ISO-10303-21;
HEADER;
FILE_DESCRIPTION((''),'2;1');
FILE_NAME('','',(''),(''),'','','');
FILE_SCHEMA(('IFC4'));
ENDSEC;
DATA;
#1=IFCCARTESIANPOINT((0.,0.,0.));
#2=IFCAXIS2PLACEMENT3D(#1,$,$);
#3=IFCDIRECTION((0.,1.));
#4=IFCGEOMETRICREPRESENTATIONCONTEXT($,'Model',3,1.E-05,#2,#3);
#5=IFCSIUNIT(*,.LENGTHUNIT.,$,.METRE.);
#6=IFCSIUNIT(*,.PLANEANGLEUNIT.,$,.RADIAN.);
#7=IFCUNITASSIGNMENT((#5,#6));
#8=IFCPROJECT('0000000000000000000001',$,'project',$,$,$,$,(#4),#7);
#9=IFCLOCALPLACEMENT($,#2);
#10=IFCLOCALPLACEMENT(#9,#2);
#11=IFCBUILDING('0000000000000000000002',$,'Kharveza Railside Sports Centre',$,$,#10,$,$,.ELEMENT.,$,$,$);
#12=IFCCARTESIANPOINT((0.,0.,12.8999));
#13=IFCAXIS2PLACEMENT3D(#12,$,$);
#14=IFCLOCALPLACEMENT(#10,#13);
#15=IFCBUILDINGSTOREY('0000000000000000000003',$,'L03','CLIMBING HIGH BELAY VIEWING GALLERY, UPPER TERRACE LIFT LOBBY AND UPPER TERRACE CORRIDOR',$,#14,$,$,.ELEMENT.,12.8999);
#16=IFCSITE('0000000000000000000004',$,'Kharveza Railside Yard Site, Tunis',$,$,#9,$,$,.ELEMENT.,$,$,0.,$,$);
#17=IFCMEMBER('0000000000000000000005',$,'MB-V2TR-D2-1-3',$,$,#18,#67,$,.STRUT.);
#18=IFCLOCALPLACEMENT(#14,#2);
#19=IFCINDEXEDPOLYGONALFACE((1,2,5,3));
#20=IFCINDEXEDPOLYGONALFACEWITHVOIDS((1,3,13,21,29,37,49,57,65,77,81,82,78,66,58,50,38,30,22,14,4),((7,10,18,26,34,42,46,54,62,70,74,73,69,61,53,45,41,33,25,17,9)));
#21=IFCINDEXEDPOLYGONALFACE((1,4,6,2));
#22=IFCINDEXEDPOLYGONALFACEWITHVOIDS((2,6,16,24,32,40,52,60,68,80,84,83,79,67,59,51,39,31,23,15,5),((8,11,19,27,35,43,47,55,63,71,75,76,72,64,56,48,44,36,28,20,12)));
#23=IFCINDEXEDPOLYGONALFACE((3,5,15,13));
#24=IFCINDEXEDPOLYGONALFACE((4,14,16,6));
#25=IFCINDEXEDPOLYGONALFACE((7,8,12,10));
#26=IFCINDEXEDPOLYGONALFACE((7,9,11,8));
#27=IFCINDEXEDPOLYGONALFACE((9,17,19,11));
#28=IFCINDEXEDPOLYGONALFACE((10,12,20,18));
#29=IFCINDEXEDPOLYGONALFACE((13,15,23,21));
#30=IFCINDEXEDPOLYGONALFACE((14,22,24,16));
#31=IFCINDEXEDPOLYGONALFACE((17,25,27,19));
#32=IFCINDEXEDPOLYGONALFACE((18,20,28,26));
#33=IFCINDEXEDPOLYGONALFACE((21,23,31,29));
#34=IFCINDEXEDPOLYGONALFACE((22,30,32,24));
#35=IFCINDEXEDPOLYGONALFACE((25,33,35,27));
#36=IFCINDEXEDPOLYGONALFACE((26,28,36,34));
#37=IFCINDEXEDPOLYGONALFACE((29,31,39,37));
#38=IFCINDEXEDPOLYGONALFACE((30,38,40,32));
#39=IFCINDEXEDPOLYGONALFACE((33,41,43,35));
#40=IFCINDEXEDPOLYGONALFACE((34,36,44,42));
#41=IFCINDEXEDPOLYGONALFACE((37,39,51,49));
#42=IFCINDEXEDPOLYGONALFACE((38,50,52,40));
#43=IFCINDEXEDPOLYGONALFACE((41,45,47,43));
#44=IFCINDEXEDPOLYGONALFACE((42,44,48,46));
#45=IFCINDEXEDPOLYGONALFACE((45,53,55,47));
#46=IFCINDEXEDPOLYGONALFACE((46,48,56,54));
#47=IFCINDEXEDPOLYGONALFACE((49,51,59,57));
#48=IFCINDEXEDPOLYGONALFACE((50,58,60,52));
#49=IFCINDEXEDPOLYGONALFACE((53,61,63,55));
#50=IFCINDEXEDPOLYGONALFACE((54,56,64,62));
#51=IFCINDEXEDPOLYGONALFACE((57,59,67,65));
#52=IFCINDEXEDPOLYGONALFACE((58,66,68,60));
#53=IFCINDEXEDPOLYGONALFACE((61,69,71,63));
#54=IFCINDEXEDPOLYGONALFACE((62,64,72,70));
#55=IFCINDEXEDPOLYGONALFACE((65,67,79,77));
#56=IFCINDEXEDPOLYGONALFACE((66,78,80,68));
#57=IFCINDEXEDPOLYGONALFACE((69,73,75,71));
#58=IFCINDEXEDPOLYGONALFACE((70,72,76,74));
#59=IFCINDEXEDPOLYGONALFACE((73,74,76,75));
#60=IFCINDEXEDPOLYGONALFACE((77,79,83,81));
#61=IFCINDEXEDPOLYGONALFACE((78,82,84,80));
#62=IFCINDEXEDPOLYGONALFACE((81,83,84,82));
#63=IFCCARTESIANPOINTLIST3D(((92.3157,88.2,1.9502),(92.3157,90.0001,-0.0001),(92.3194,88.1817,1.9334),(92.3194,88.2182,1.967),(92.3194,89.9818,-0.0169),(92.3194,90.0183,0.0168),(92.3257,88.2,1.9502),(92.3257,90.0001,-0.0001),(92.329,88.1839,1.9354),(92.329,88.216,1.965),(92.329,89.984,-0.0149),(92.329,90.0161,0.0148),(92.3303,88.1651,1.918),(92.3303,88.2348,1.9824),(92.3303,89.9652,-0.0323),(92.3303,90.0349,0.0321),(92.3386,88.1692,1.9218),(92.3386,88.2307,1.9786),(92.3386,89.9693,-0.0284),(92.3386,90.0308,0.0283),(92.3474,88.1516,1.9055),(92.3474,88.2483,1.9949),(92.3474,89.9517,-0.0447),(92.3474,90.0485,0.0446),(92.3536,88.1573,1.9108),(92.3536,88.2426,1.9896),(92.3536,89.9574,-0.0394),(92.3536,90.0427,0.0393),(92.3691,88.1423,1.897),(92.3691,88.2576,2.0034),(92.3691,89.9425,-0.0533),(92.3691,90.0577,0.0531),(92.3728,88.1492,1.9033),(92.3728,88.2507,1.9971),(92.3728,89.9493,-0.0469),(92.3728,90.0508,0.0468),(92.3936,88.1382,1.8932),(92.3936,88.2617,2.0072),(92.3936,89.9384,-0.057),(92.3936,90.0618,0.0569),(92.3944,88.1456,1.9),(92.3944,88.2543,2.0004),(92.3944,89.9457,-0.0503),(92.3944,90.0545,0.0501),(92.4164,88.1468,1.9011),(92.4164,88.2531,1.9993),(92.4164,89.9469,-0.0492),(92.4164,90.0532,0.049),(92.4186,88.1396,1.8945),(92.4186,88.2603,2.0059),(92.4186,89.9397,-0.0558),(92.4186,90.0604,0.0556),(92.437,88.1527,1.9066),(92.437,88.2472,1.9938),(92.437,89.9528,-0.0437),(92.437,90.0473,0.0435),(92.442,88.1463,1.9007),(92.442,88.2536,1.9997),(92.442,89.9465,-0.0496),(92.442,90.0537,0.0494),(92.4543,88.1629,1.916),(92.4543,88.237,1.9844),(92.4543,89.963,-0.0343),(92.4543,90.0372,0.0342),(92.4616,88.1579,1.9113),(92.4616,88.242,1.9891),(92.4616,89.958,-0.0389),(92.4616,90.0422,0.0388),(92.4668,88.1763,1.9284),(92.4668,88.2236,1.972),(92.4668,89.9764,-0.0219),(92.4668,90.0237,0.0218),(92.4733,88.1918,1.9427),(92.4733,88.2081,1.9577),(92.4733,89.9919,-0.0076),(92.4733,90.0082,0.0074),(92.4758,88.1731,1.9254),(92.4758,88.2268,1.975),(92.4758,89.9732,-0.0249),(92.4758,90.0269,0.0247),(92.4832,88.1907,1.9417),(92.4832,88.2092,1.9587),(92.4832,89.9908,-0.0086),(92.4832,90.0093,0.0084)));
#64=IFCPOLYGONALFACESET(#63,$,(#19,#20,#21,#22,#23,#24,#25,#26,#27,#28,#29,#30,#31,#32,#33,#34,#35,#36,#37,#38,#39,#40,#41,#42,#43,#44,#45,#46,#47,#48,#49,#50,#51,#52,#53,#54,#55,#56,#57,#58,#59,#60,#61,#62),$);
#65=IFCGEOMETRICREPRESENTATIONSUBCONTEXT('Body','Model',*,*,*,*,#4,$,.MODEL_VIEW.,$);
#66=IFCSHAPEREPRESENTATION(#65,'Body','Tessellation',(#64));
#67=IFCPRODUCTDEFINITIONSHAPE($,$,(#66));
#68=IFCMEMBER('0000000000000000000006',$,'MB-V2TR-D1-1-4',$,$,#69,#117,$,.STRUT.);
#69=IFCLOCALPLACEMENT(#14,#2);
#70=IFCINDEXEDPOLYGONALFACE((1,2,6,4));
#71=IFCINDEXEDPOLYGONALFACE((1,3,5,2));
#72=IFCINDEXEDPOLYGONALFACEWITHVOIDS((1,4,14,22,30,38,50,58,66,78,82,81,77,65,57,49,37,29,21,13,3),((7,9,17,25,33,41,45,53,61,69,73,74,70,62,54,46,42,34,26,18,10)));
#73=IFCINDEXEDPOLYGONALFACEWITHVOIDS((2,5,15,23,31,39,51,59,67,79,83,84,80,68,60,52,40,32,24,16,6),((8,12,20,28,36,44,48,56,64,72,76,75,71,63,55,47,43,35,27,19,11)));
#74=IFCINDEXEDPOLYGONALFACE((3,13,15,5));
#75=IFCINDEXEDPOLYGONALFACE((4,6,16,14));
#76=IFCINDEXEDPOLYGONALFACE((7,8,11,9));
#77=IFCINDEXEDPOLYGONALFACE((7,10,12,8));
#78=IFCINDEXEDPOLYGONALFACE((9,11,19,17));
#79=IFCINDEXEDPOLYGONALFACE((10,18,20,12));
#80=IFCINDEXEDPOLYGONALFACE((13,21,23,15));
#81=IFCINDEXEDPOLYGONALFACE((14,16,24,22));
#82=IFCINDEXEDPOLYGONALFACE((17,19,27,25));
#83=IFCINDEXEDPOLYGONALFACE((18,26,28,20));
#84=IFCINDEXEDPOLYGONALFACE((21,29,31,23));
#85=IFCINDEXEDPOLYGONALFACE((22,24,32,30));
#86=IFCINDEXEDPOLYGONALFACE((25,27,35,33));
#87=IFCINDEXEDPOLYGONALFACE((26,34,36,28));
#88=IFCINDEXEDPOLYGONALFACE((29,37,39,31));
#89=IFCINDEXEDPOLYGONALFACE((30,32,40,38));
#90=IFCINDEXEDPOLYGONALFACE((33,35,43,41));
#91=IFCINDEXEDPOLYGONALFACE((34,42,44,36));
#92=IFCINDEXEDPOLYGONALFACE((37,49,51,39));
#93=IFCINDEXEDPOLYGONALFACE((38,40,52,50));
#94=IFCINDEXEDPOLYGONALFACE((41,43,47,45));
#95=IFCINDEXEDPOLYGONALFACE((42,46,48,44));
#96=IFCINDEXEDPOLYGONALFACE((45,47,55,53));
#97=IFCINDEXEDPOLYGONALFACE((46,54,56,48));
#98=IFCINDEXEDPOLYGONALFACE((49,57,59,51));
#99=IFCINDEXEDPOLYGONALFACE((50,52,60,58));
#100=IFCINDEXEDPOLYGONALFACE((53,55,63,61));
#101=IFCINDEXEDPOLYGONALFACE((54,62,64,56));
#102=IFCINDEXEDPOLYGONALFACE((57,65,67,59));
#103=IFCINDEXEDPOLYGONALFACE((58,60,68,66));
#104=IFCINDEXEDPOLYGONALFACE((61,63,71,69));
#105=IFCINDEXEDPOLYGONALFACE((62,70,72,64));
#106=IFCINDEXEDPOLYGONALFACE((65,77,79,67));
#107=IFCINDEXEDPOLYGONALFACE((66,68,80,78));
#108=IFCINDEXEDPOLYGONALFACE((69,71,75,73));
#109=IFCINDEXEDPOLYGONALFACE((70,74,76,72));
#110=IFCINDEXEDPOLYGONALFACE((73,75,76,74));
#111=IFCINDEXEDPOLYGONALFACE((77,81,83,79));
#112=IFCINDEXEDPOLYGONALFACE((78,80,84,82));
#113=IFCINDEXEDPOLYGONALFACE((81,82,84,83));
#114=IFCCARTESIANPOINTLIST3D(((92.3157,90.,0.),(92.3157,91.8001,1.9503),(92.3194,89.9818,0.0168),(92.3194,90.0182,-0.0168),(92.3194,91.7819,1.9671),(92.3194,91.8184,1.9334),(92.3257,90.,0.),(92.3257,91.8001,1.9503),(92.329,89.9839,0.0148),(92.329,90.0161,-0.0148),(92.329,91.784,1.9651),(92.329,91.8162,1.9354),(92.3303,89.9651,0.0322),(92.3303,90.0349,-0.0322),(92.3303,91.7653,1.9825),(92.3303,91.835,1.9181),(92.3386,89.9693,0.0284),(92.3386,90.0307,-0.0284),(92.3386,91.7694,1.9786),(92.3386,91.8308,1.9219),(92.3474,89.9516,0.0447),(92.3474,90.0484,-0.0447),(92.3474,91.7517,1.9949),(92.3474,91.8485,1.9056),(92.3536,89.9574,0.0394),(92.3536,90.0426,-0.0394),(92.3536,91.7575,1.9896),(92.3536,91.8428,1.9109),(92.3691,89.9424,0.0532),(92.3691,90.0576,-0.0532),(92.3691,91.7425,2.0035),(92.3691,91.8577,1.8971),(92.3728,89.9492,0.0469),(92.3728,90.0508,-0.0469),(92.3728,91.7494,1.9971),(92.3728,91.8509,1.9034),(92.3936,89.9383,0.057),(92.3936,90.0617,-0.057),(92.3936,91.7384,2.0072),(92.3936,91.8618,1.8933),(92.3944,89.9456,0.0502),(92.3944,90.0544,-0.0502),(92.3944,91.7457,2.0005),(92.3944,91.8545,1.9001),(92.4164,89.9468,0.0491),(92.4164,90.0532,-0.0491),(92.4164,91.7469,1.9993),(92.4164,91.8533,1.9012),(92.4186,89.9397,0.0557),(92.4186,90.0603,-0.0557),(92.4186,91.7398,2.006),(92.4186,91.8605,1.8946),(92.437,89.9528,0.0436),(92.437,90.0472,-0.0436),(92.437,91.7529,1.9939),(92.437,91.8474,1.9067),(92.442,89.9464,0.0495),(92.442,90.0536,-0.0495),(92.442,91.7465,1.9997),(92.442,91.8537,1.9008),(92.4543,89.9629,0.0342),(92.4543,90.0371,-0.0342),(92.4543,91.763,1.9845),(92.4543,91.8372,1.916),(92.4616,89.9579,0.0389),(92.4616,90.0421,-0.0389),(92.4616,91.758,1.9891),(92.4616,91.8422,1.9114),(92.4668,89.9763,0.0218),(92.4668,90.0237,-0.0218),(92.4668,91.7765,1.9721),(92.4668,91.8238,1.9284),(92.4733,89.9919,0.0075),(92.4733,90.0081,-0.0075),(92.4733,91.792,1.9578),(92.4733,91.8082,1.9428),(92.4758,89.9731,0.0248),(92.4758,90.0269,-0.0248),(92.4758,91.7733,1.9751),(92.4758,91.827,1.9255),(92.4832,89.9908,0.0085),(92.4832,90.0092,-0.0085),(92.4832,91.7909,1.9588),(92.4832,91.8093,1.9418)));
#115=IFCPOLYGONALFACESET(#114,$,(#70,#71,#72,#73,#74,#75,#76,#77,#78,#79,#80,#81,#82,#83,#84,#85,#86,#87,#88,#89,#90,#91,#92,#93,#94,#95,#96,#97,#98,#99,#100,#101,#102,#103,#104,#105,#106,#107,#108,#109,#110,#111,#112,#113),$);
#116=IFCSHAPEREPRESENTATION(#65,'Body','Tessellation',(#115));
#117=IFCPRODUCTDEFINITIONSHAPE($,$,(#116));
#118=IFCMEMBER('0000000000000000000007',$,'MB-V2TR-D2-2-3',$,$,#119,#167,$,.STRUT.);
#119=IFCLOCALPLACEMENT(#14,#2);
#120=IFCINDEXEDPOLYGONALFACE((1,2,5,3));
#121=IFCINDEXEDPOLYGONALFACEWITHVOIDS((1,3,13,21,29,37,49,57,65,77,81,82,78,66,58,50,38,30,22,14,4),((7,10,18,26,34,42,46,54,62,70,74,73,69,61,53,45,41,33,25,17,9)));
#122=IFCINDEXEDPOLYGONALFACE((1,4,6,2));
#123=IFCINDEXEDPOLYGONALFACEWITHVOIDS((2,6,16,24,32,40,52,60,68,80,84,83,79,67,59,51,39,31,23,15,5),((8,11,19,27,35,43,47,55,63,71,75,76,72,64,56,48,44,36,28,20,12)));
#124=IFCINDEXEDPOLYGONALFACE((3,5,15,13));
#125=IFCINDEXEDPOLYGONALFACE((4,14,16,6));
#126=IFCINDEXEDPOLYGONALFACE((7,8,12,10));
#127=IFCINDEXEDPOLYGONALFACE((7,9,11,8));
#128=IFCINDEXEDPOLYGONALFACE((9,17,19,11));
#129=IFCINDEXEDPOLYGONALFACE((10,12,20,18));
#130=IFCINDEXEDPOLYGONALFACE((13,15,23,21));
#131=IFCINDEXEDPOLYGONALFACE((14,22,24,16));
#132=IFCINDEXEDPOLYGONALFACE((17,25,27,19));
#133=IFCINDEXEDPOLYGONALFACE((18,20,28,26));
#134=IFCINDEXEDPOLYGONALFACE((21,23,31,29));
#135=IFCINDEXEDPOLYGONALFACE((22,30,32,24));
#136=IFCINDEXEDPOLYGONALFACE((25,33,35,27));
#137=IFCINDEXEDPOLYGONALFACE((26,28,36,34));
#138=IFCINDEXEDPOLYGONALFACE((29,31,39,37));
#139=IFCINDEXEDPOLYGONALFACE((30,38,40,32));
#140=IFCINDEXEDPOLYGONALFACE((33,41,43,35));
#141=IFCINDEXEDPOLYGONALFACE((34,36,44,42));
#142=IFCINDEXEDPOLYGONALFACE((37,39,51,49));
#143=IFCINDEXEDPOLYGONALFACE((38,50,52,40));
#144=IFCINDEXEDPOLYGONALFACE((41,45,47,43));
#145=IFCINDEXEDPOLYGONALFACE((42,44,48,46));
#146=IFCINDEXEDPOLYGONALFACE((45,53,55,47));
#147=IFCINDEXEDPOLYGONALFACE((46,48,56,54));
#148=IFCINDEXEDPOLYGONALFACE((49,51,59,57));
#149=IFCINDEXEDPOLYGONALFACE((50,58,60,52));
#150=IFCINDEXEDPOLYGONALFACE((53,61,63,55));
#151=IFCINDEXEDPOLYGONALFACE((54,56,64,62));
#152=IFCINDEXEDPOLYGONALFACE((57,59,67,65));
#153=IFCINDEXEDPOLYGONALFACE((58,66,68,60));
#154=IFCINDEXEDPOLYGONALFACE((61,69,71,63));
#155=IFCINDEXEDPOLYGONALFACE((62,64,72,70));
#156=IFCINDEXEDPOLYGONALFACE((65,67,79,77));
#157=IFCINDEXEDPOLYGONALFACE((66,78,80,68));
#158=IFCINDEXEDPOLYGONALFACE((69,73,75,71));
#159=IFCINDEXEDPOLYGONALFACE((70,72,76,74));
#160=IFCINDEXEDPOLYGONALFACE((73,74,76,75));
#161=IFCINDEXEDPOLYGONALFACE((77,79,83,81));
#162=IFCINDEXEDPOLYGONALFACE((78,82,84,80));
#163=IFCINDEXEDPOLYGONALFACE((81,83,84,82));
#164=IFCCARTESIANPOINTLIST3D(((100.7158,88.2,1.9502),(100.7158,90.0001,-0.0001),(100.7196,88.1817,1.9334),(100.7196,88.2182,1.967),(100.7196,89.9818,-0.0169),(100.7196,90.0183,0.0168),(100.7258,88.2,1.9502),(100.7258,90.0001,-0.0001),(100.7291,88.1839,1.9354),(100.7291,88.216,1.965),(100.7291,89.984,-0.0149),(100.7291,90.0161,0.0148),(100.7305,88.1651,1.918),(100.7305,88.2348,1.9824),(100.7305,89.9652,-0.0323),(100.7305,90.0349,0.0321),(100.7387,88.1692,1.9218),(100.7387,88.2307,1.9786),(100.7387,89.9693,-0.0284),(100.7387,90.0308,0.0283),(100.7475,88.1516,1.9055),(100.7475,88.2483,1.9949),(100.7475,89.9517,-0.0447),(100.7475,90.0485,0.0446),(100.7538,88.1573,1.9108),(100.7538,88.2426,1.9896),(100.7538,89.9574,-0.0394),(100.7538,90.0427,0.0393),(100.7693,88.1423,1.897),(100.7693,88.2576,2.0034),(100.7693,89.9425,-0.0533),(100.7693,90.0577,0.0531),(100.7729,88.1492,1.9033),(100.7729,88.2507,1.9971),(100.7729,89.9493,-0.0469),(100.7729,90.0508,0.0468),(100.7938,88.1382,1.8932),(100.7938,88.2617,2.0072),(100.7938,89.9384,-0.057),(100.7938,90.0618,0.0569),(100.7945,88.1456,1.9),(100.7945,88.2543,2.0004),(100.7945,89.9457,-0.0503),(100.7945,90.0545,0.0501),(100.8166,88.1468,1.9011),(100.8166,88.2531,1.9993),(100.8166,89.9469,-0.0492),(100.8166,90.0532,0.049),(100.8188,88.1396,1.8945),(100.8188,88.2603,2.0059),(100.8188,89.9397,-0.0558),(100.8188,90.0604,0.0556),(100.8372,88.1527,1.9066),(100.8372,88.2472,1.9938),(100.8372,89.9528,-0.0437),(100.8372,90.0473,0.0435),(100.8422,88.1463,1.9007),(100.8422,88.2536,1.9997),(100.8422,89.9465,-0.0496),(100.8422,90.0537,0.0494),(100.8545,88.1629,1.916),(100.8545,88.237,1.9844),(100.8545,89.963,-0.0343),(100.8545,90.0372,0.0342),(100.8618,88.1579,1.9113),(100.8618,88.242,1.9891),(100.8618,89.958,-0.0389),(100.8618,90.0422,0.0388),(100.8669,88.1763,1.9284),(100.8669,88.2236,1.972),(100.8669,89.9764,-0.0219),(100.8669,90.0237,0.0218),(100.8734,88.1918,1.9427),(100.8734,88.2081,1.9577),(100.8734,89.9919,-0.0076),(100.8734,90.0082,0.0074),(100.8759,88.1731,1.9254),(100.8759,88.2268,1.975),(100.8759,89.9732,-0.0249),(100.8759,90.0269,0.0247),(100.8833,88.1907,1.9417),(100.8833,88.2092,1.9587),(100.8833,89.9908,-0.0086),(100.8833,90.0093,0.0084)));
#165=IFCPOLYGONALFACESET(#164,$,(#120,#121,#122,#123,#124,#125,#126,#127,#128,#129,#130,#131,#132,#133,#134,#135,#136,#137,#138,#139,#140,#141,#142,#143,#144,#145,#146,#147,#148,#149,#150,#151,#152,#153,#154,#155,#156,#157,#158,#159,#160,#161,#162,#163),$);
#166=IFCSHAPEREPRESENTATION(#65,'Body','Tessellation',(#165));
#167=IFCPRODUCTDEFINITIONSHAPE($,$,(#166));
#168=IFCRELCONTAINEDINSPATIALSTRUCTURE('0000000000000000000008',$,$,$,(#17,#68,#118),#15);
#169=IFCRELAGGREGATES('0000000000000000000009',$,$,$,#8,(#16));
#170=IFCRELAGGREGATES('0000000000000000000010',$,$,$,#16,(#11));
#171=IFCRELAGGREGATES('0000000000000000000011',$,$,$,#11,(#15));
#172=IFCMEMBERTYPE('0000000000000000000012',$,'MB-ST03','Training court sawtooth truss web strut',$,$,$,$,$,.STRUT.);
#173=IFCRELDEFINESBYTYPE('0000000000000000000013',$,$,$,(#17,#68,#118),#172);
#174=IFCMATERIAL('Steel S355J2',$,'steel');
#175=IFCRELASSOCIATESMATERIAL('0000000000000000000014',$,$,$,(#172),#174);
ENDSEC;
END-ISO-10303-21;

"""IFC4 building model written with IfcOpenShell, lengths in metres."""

from ifc_helpers import new_model, si_unit, direction, frame, origin, origin_2d, place, context, subcontext, project, spatial, hollow_circle, extrude, material, material_profile, profile_set, type_object, element, save


model = new_model("IFC4")

# Units and contexts
model_context = context("Model", 3, precision=1e-05, world=origin(), true_north=direction((0.0, 1.0)))
body_context = subcontext(model_context, "Body", "Model", "MODEL_VIEW")
ifc_project = project(units=[si_unit("LENGTHUNIT", "METRE"), si_unit("PLANEANGLEUNIT", "RADIAN")], contexts=[model_context])

# Site, building, storey
site_placement = place(None, origin())
site = spatial("IfcSite", under=ifc_project, at=site_placement, Name="Kharveza Railside Yard Site, Tunis", CompositionType="ELEMENT", RefElevation=0.0)
building_placement = place(site_placement, origin())
building = spatial("IfcBuilding", under=site, at=building_placement, Name="Kharveza Railside Sports Centre", CompositionType="ELEMENT")
storey_placement = place(building_placement, frame((0.0, 0.0, 12.8999)))
storey = spatial("IfcBuildingStorey", under=building, at=storey_placement, Name="L03", Description="CLIMBING HIGH BELAY VIEWING GALLERY, UPPER TERRACE LIFT LOBBY AND UPPER TERRACE CORRIDOR", CompositionType="ELEMENT", Elevation=12.8999)

# Shared definitions
ifc_material_1 = material(Name="Steel S355J2", Category="steel")

# Members
ifc_material_profile_1 = material_profile(ifc_material_1, hollow_circle(Radius=0.0842, WallThickness=0.01, at=origin_2d()), Name="CHS 168.3x10.0")
ifc_profile_set_1 = profile_set([ifc_material_profile_1], Name="Steel S355J2")
member_type_1 = type_object("IfcMemberType", Name="MB-ST03", Description="Training court sawtooth truss web strut", PredefinedType="STRUT", material=ifc_profile_set_1)
for number, where, z_axis, x_axis, name in (
    (1, (92.3999, 88.2, 1.9502), (0.0, 0.678253, -0.734828), (-1.0, 0.0, 0.0), "MB-V2TR-D2-1-3"),
    (2, (92.3999, 90.0, 0.0), (0.0, 0.678253, 0.734828), (-1.0, 0.0, 0.0), "MB-V2TR-D1-1-4"),
    (3, (100.8, 88.2, 1.9502), (0.0, 0.678253, -0.734828), (-1.0, 0.0, 0.0), "MB-V2TR-D2-2-3"),
):
    element("IfcMember", number, at=place(storey_placement, frame(where, z_axis=z_axis, x_axis=x_axis)), inside=storey, type_object=member_type_1, Name=name, PredefinedType="STRUT", context=body_context, shape_type="SweptSolid", body=[
        extrude(hollow_circle(Radius=0.0842, WallThickness=0.01, at=origin_2d()), origin(), (0.0, 0.0, 1.0), 2.6541),
    ])

save(model, "model.ifc")
